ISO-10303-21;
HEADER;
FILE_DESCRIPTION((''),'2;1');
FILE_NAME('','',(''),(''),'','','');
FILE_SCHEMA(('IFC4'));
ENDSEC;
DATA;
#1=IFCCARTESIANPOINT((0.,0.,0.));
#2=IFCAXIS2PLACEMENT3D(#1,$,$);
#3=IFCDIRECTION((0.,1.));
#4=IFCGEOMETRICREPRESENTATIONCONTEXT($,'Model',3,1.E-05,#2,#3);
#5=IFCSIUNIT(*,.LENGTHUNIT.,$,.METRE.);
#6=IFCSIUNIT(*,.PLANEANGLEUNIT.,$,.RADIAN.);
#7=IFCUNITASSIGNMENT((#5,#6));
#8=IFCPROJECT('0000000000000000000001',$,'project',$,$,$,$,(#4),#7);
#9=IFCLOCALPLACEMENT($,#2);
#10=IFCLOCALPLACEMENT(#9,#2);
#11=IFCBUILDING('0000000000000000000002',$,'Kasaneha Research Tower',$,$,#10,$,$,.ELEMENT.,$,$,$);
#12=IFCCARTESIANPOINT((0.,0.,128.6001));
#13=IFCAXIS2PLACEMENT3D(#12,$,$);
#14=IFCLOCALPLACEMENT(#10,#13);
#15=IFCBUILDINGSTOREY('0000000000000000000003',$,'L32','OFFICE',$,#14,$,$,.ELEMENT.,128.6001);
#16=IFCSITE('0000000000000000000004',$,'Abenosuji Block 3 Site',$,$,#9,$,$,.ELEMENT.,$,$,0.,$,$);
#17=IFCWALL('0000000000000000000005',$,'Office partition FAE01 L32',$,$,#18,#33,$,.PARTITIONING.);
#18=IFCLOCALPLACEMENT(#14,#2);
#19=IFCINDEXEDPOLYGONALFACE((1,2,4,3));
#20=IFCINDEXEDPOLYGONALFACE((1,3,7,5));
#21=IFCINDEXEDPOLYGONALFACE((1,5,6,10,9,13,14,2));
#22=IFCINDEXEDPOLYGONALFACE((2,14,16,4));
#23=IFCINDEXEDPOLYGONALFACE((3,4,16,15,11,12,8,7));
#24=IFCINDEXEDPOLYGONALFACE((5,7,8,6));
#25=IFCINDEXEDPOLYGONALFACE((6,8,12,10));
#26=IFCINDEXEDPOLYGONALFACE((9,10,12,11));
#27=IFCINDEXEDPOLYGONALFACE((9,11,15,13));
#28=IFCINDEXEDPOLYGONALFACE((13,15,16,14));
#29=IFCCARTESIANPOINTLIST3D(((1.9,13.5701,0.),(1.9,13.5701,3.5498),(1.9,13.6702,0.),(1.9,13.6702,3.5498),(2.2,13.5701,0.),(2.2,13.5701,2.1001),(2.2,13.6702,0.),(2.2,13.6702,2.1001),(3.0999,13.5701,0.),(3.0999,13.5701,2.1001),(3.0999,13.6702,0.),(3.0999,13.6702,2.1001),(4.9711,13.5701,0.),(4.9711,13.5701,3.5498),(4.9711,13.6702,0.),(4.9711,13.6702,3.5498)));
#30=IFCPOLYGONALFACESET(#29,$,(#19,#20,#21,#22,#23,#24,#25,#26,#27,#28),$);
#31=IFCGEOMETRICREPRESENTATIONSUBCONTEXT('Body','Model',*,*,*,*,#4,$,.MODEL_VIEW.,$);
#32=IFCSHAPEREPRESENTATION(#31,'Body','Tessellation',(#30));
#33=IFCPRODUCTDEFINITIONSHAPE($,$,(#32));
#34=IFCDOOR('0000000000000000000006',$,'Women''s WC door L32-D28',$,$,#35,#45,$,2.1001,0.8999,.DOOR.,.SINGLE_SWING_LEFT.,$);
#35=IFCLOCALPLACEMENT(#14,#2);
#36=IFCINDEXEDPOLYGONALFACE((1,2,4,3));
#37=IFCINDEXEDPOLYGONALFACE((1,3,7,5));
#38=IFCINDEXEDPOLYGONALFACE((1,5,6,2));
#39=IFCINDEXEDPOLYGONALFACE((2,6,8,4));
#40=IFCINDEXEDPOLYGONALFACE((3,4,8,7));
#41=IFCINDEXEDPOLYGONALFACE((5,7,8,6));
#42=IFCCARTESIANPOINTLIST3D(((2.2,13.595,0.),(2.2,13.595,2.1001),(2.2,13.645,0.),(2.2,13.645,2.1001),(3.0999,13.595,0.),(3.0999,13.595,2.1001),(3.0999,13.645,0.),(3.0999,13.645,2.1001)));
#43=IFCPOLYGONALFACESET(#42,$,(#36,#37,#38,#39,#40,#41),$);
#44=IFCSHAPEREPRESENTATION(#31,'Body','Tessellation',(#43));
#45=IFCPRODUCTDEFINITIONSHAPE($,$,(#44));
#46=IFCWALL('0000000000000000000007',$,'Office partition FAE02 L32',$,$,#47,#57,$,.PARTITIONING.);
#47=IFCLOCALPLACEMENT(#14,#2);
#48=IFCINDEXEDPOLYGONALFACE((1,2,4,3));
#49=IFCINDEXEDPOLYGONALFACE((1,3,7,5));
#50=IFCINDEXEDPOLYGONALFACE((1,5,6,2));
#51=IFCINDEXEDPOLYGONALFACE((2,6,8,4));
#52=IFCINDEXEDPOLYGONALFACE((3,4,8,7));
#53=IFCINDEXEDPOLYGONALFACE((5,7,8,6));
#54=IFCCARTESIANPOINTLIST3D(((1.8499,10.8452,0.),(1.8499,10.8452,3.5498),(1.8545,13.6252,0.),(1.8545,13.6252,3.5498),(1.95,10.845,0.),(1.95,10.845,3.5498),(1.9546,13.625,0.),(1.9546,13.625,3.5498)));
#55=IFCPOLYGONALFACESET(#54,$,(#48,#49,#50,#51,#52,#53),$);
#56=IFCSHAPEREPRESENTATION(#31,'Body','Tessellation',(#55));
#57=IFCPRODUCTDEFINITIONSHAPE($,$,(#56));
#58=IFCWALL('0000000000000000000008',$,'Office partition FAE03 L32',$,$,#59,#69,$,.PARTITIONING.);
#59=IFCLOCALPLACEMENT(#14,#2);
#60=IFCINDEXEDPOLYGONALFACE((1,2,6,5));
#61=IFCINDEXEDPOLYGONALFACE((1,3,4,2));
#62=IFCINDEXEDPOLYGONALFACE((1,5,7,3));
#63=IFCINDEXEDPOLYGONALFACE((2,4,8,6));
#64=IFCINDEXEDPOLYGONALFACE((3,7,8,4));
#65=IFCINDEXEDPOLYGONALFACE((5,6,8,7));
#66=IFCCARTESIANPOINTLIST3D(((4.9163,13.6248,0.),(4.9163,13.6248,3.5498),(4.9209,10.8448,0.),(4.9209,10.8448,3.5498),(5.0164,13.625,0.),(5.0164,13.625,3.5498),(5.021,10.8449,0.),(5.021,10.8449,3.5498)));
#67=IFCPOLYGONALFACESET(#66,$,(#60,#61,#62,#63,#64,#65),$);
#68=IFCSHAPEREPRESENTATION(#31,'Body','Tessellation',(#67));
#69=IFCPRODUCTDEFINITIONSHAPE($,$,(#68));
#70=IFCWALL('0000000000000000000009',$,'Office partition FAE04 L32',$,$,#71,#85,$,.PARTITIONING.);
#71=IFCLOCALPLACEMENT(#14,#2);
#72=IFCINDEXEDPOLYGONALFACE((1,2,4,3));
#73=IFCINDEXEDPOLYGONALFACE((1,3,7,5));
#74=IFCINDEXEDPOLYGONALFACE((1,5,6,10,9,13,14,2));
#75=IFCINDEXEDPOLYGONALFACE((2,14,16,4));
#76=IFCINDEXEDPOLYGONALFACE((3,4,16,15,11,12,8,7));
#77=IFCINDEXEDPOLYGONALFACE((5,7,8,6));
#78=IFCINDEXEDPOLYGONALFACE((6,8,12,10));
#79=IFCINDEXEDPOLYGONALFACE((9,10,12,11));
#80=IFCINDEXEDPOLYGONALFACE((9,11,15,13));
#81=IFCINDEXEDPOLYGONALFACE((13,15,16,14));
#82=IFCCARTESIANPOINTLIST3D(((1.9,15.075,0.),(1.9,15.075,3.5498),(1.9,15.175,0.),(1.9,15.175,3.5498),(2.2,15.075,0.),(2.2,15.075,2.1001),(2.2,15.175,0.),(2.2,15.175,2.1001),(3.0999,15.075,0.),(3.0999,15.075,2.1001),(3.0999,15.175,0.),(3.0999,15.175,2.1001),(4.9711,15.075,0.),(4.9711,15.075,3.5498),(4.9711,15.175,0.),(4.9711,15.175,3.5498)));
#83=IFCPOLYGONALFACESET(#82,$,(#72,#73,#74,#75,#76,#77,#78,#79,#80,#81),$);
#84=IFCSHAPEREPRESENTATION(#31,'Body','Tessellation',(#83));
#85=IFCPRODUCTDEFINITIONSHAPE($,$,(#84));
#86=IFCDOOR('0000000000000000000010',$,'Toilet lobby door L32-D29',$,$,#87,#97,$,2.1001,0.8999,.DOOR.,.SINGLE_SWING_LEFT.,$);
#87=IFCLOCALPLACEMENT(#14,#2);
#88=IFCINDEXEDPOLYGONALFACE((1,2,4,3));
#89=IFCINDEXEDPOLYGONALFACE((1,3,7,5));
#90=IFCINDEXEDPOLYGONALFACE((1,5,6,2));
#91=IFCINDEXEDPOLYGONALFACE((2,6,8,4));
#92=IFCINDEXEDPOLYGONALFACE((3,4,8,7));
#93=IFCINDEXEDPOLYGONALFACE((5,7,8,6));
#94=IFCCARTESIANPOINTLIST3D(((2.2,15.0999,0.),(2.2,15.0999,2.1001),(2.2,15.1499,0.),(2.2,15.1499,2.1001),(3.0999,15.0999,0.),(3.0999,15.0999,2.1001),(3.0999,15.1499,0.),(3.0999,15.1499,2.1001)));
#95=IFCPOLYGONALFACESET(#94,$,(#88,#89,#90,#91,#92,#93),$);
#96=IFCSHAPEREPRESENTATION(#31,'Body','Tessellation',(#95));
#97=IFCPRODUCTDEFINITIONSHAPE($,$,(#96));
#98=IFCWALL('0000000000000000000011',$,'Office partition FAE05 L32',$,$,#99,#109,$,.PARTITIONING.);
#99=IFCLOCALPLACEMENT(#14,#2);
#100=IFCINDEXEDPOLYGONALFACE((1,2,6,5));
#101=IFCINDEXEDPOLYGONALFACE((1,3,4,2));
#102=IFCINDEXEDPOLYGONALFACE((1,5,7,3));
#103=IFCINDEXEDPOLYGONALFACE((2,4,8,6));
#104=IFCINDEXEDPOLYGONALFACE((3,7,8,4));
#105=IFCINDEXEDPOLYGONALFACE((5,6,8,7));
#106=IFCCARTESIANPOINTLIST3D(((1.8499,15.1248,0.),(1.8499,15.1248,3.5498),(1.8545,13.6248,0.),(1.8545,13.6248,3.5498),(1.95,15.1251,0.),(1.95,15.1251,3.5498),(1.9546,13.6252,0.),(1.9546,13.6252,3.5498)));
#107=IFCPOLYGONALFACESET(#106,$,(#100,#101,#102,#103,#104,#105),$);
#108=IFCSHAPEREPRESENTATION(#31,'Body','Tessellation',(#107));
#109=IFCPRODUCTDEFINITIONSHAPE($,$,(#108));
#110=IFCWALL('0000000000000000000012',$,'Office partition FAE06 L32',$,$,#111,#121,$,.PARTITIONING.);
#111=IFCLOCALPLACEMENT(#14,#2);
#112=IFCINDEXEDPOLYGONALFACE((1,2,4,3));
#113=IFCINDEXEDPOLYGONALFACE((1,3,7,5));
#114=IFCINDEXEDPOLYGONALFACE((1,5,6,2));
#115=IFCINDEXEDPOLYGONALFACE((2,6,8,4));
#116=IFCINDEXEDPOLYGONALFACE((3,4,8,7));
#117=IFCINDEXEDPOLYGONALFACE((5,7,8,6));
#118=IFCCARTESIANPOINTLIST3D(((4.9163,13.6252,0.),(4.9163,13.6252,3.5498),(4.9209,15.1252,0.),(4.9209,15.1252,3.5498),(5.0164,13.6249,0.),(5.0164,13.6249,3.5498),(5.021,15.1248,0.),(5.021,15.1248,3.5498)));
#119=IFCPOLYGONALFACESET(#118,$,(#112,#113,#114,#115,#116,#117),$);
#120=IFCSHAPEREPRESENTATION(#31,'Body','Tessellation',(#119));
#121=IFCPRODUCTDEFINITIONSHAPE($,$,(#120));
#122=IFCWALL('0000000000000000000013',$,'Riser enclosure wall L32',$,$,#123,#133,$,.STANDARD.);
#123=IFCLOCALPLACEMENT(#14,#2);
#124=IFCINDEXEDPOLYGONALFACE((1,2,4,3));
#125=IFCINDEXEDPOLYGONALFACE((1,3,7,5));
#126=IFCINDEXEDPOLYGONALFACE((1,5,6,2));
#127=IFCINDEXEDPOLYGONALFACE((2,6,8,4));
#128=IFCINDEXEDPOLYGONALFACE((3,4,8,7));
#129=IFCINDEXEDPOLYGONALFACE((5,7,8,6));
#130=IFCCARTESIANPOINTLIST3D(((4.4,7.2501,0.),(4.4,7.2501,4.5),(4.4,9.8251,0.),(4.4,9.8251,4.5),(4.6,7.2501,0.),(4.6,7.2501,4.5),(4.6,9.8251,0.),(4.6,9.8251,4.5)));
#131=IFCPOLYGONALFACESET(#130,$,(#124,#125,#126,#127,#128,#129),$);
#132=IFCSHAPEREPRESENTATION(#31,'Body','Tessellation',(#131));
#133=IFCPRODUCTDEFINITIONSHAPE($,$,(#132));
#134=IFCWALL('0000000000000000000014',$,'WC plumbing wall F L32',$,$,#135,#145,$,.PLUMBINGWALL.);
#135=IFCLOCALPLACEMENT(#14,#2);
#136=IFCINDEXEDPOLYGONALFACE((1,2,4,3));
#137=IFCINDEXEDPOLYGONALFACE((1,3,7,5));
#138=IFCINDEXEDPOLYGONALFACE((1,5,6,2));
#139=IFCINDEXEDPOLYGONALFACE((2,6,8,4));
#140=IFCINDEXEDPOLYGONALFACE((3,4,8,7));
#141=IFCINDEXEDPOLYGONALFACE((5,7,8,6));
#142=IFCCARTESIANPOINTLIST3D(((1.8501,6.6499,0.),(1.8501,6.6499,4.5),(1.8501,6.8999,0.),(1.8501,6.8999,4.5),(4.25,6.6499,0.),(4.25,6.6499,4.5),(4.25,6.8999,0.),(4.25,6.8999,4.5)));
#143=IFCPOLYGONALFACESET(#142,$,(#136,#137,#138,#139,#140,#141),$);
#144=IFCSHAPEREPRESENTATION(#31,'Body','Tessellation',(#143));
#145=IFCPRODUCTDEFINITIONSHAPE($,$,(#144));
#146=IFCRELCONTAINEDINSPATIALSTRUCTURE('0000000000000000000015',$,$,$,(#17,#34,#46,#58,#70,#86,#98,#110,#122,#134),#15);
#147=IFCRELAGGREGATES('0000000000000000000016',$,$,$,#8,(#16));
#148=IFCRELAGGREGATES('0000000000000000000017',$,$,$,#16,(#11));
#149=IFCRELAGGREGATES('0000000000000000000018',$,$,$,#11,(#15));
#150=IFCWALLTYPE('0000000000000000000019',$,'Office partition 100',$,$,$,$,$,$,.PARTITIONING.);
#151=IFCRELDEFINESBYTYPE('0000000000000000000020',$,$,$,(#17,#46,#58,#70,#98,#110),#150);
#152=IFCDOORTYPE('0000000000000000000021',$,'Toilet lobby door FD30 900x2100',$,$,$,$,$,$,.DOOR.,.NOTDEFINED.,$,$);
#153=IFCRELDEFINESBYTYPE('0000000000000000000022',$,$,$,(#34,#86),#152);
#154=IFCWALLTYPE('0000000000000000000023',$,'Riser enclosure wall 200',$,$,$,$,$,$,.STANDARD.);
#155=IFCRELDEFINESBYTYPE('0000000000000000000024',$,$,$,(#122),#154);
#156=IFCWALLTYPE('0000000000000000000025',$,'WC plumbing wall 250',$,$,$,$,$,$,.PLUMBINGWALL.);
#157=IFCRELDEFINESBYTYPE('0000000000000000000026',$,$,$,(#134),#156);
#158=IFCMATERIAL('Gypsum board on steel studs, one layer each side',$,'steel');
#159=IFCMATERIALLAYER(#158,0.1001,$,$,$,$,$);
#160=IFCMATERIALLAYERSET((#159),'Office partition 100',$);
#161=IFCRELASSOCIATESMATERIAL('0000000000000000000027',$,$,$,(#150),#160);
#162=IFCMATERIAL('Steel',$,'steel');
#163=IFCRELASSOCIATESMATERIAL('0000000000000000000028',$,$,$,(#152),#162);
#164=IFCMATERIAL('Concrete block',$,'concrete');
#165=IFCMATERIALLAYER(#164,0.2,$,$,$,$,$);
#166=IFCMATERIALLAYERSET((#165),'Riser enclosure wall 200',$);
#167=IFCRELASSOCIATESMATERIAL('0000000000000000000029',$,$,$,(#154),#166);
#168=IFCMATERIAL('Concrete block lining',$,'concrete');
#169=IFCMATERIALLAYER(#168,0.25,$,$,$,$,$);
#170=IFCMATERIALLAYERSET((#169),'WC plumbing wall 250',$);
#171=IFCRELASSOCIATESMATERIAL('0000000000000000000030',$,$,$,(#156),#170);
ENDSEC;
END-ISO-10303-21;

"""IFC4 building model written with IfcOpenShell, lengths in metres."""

from ifc_helpers import new_model, si_unit, direction, frame, frame_2d, origin, place, context, subcontext, project, spatial, rectangle, extrude, material, layer, layer_set, type_object, element, fill, save


model = new_model("IFC4")

# Units and contexts
model_context = context("Model", 3, precision=1e-05, world=origin(), true_north=direction((0.0, 1.0)))
body_context = subcontext(model_context, "Body", "Model", "MODEL_VIEW")
ifc_project = project(units=[si_unit("LENGTHUNIT", "METRE"), si_unit("PLANEANGLEUNIT", "RADIAN")], contexts=[model_context])

# Site, building, storey
site_placement = place(None, origin())
site = spatial("IfcSite", under=ifc_project, at=site_placement, Name="Abenosuji Block 3 Site", CompositionType="ELEMENT", RefElevation=0.0)
building_placement = place(site_placement, origin())
building = spatial("IfcBuilding", under=site, at=building_placement, Name="Kasaneha Research Tower", CompositionType="ELEMENT")
storey_placement = place(building_placement, frame((0.0, 0.0, 128.6001)))
storey = spatial("IfcBuildingStorey", under=building, at=storey_placement, Name="L32", Description="OFFICE", CompositionType="ELEMENT", Elevation=128.6001)

# Shared definitions
ifc_material_1 = material(Name="Gypsum board on steel studs, one layer each side", Category="steel")
ifc_layer_1 = layer(ifc_material_1, 0.1001)
ifc_layer_set_1 = layer_set([ifc_layer_1], Name="Office partition 100")
wall_type_1 = type_object("IfcWallType", Name="Office partition 100", PredefinedType="PARTITIONING", material=ifc_layer_set_1)
ifc_material_2 = material(Name="Steel", Category="steel")
door_type_1 = type_object("IfcDoorType", Name="Toilet lobby door FD30 900x2100", OperationType="NOTDEFINED", PredefinedType="DOOR", material=ifc_material_2)

# Wall, opening, door
wall_1_placement = place(storey_placement, frame((1.8999, 13.6201, 0.0), z_axis=(0.0, 0.0, 1.0), x_axis=(1.0, 0.0, 0.0)))
wall_1 = element("IfcWall", 1, at=wall_1_placement, inside=storey, type_object=wall_type_1, Name="Office partition FAE01 L32", PredefinedType="PARTITIONING", context=body_context, shape_type="SweptSolid", body=[
    extrude(rectangle(XDim=3.071, YDim=0.1001, at=frame_2d((1.5356, 0.0))), origin(), (0.0, 0.0, 1.0), 3.5498),
])
opening_1_placement = place(wall_1_placement, frame((0.3, 0.0, 0.0)))
opening_1 = element("IfcOpeningElement", 2, at=opening_1_placement, cuts=wall_1, PredefinedType="OPENING", context=body_context, shape_type="SweptSolid", body=[
    extrude(rectangle(XDim=0.8999, YDim=2.1001, at=frame_2d((0.45, 1.05))), frame((0.0, 0.0601, 0.0), z_axis=(0.0, -1.0, 0.0), x_axis=(1.0, 0.0, 0.0)), (0.0, 0.0, 1.0), 0.1201),
])
door_1_placement = place(opening_1_placement, origin())
door_1 = element("IfcDoor", 3, at=door_1_placement, inside=storey, type_object=door_type_1, Name="Women's WC door L32-D28", OperationType="SINGLE_SWING_LEFT", OverallHeight=2.1001, OverallWidth=0.8999, PredefinedType="DOOR", context=body_context, shape_type="SweptSolid", body=[
    extrude(rectangle(XDim=0.8999, YDim=2.1001, at=frame_2d((0.45, 1.05))), frame((0.0, 0.0249, 0.0), z_axis=(0.0, -1.0, 0.0), x_axis=(1.0, 0.0, 0.0)), (0.0, 0.0, 1.0), 0.05),
])
fill(opening_1, door_1)

# Walls
for number, where, z_axis, x_axis, name in (
    (4, (1.8999, 10.845, 0.0), (0.0, 0.0, 1.0), (0.001669, 0.999999, 0.0), "Office partition FAE02 L32"),
    (5, (4.9663, 13.625, 0.0), (0.0, 0.0, 1.0), (0.001669, -0.999999, 0.0), "Office partition FAE03 L32"),
):
    element("IfcWall", number, at=place(storey_placement, frame(where, z_axis=z_axis, x_axis=x_axis)), inside=storey, type_object=wall_type_1, Name=name, PredefinedType="PARTITIONING", context=body_context, shape_type="SweptSolid", body=[
        extrude(rectangle(XDim=2.78, YDim=0.1001, at=frame_2d((1.3901, 0.0))), origin(), (0.0, 0.0, 1.0), 3.5498),
    ])

# Wall, opening, door
wall_2_placement = place(storey_placement, frame((1.8999, 15.125, 0.0), z_axis=(0.0, 0.0, 1.0), x_axis=(1.0, 0.0, 0.0)))
wall_2 = element("IfcWall", 6, at=wall_2_placement, inside=storey, type_object=wall_type_1, Name="Office partition FAE04 L32", PredefinedType="PARTITIONING", context=body_context, shape_type="SweptSolid", body=[
    extrude(rectangle(XDim=3.071, YDim=0.1001, at=frame_2d((1.5356, 0.0))), origin(), (0.0, 0.0, 1.0), 3.5498),
])
opening_2_placement = place(wall_2_placement, frame((0.3, 0.0, 0.0)))
opening_2 = element("IfcOpeningElement", 7, at=opening_2_placement, cuts=wall_2, PredefinedType="OPENING", context=body_context, shape_type="SweptSolid", body=[
    extrude(rectangle(XDim=0.8999, YDim=2.1001, at=frame_2d((0.45, 1.05))), frame((0.0, 0.0601, 0.0), z_axis=(0.0, -1.0, 0.0), x_axis=(1.0, 0.0, 0.0)), (0.0, 0.0, 1.0), 0.1201),
])
door_2_placement = place(opening_2_placement, origin())
door_2 = element("IfcDoor", 8, at=door_2_placement, inside=storey, type_object=door_type_1, Name="Toilet lobby door L32-D29", OperationType="SINGLE_SWING_LEFT", OverallHeight=2.1001, OverallWidth=0.8999, PredefinedType="DOOR", context=body_context, shape_type="SweptSolid", body=[
    extrude(rectangle(XDim=0.8999, YDim=2.1001, at=frame_2d((0.45, 1.05))), frame((0.0, 0.0249, 0.0), z_axis=(0.0, -1.0, 0.0), x_axis=(1.0, 0.0, 0.0)), (0.0, 0.0, 1.0), 0.05),
])
fill(opening_2, door_2)

# Walls
for number, where, z_axis, x_axis, name in (
    (9, (1.9045, 13.625, 0.0), (0.0, 0.0, 1.0), (-0.003092, 0.999995, 0.0), "Office partition FAE05 L32"),
    (10, (4.9709, 15.125, 0.0), (0.0, 0.0, 1.0), (-0.003092, -0.999995, 0.0), "Office partition FAE06 L32"),
):
    element("IfcWall", number, at=place(storey_placement, frame(where, z_axis=z_axis, x_axis=x_axis)), inside=storey, type_object=wall_type_1, Name=name, PredefinedType="PARTITIONING", context=body_context, shape_type="SweptSolid", body=[
        extrude(rectangle(XDim=1.5, YDim=0.1001, at=frame_2d((0.75, 0.0))), origin(), (0.0, 0.0, 1.0), 3.5498),
    ])
ifc_material_3 = material(Name="Concrete block", Category="concrete")
ifc_layer_2 = layer(ifc_material_3, 0.2)
ifc_layer_set_2 = layer_set([ifc_layer_2], Name="Riser enclosure wall 200")
wall_type_2 = type_object("IfcWallType", Name="Riser enclosure wall 200", PredefinedType="STANDARD", material=ifc_layer_set_2)
wall_3_placement = place(storey_placement, frame((4.5, 7.25, 0.0), z_axis=(0.0, 0.0, 1.0), x_axis=(0.0, 1.0, 0.0)))
element("IfcWall", 11, at=wall_3_placement, inside=storey, type_object=wall_type_2, Name="Riser enclosure wall L32", PredefinedType="STANDARD", context=body_context, shape_type="SweptSolid", body=[
    extrude(rectangle(XDim=2.575, YDim=0.2, at=frame_2d((1.2876, 0.0))), origin(), (0.0, 0.0, 1.0), 4.5),
])
ifc_material_4 = material(Name="Concrete block lining", Category="concrete")
ifc_layer_3 = layer(ifc_material_4, 0.25)
ifc_layer_set_3 = layer_set([ifc_layer_3], Name="WC plumbing wall 250")
wall_type_3 = type_object("IfcWallType", Name="WC plumbing wall 250", PredefinedType="PLUMBINGWALL", material=ifc_layer_set_3)
wall_4_placement = place(storey_placement, frame((1.8501, 6.7749, 0.0), z_axis=(0.0, 0.0, 1.0), x_axis=(1.0, 0.0, 0.0)))
element("IfcWall", 12, at=wall_4_placement, inside=storey, type_object=wall_type_3, Name="WC plumbing wall F L32", PredefinedType="PLUMBINGWALL", context=body_context, shape_type="SweptSolid", body=[
    extrude(rectangle(XDim=2.3999, YDim=0.25, at=frame_2d((1.2, 0.0))), origin(), (0.0, 0.0, 1.0), 4.5),
])

save(model, "model.ifc")
